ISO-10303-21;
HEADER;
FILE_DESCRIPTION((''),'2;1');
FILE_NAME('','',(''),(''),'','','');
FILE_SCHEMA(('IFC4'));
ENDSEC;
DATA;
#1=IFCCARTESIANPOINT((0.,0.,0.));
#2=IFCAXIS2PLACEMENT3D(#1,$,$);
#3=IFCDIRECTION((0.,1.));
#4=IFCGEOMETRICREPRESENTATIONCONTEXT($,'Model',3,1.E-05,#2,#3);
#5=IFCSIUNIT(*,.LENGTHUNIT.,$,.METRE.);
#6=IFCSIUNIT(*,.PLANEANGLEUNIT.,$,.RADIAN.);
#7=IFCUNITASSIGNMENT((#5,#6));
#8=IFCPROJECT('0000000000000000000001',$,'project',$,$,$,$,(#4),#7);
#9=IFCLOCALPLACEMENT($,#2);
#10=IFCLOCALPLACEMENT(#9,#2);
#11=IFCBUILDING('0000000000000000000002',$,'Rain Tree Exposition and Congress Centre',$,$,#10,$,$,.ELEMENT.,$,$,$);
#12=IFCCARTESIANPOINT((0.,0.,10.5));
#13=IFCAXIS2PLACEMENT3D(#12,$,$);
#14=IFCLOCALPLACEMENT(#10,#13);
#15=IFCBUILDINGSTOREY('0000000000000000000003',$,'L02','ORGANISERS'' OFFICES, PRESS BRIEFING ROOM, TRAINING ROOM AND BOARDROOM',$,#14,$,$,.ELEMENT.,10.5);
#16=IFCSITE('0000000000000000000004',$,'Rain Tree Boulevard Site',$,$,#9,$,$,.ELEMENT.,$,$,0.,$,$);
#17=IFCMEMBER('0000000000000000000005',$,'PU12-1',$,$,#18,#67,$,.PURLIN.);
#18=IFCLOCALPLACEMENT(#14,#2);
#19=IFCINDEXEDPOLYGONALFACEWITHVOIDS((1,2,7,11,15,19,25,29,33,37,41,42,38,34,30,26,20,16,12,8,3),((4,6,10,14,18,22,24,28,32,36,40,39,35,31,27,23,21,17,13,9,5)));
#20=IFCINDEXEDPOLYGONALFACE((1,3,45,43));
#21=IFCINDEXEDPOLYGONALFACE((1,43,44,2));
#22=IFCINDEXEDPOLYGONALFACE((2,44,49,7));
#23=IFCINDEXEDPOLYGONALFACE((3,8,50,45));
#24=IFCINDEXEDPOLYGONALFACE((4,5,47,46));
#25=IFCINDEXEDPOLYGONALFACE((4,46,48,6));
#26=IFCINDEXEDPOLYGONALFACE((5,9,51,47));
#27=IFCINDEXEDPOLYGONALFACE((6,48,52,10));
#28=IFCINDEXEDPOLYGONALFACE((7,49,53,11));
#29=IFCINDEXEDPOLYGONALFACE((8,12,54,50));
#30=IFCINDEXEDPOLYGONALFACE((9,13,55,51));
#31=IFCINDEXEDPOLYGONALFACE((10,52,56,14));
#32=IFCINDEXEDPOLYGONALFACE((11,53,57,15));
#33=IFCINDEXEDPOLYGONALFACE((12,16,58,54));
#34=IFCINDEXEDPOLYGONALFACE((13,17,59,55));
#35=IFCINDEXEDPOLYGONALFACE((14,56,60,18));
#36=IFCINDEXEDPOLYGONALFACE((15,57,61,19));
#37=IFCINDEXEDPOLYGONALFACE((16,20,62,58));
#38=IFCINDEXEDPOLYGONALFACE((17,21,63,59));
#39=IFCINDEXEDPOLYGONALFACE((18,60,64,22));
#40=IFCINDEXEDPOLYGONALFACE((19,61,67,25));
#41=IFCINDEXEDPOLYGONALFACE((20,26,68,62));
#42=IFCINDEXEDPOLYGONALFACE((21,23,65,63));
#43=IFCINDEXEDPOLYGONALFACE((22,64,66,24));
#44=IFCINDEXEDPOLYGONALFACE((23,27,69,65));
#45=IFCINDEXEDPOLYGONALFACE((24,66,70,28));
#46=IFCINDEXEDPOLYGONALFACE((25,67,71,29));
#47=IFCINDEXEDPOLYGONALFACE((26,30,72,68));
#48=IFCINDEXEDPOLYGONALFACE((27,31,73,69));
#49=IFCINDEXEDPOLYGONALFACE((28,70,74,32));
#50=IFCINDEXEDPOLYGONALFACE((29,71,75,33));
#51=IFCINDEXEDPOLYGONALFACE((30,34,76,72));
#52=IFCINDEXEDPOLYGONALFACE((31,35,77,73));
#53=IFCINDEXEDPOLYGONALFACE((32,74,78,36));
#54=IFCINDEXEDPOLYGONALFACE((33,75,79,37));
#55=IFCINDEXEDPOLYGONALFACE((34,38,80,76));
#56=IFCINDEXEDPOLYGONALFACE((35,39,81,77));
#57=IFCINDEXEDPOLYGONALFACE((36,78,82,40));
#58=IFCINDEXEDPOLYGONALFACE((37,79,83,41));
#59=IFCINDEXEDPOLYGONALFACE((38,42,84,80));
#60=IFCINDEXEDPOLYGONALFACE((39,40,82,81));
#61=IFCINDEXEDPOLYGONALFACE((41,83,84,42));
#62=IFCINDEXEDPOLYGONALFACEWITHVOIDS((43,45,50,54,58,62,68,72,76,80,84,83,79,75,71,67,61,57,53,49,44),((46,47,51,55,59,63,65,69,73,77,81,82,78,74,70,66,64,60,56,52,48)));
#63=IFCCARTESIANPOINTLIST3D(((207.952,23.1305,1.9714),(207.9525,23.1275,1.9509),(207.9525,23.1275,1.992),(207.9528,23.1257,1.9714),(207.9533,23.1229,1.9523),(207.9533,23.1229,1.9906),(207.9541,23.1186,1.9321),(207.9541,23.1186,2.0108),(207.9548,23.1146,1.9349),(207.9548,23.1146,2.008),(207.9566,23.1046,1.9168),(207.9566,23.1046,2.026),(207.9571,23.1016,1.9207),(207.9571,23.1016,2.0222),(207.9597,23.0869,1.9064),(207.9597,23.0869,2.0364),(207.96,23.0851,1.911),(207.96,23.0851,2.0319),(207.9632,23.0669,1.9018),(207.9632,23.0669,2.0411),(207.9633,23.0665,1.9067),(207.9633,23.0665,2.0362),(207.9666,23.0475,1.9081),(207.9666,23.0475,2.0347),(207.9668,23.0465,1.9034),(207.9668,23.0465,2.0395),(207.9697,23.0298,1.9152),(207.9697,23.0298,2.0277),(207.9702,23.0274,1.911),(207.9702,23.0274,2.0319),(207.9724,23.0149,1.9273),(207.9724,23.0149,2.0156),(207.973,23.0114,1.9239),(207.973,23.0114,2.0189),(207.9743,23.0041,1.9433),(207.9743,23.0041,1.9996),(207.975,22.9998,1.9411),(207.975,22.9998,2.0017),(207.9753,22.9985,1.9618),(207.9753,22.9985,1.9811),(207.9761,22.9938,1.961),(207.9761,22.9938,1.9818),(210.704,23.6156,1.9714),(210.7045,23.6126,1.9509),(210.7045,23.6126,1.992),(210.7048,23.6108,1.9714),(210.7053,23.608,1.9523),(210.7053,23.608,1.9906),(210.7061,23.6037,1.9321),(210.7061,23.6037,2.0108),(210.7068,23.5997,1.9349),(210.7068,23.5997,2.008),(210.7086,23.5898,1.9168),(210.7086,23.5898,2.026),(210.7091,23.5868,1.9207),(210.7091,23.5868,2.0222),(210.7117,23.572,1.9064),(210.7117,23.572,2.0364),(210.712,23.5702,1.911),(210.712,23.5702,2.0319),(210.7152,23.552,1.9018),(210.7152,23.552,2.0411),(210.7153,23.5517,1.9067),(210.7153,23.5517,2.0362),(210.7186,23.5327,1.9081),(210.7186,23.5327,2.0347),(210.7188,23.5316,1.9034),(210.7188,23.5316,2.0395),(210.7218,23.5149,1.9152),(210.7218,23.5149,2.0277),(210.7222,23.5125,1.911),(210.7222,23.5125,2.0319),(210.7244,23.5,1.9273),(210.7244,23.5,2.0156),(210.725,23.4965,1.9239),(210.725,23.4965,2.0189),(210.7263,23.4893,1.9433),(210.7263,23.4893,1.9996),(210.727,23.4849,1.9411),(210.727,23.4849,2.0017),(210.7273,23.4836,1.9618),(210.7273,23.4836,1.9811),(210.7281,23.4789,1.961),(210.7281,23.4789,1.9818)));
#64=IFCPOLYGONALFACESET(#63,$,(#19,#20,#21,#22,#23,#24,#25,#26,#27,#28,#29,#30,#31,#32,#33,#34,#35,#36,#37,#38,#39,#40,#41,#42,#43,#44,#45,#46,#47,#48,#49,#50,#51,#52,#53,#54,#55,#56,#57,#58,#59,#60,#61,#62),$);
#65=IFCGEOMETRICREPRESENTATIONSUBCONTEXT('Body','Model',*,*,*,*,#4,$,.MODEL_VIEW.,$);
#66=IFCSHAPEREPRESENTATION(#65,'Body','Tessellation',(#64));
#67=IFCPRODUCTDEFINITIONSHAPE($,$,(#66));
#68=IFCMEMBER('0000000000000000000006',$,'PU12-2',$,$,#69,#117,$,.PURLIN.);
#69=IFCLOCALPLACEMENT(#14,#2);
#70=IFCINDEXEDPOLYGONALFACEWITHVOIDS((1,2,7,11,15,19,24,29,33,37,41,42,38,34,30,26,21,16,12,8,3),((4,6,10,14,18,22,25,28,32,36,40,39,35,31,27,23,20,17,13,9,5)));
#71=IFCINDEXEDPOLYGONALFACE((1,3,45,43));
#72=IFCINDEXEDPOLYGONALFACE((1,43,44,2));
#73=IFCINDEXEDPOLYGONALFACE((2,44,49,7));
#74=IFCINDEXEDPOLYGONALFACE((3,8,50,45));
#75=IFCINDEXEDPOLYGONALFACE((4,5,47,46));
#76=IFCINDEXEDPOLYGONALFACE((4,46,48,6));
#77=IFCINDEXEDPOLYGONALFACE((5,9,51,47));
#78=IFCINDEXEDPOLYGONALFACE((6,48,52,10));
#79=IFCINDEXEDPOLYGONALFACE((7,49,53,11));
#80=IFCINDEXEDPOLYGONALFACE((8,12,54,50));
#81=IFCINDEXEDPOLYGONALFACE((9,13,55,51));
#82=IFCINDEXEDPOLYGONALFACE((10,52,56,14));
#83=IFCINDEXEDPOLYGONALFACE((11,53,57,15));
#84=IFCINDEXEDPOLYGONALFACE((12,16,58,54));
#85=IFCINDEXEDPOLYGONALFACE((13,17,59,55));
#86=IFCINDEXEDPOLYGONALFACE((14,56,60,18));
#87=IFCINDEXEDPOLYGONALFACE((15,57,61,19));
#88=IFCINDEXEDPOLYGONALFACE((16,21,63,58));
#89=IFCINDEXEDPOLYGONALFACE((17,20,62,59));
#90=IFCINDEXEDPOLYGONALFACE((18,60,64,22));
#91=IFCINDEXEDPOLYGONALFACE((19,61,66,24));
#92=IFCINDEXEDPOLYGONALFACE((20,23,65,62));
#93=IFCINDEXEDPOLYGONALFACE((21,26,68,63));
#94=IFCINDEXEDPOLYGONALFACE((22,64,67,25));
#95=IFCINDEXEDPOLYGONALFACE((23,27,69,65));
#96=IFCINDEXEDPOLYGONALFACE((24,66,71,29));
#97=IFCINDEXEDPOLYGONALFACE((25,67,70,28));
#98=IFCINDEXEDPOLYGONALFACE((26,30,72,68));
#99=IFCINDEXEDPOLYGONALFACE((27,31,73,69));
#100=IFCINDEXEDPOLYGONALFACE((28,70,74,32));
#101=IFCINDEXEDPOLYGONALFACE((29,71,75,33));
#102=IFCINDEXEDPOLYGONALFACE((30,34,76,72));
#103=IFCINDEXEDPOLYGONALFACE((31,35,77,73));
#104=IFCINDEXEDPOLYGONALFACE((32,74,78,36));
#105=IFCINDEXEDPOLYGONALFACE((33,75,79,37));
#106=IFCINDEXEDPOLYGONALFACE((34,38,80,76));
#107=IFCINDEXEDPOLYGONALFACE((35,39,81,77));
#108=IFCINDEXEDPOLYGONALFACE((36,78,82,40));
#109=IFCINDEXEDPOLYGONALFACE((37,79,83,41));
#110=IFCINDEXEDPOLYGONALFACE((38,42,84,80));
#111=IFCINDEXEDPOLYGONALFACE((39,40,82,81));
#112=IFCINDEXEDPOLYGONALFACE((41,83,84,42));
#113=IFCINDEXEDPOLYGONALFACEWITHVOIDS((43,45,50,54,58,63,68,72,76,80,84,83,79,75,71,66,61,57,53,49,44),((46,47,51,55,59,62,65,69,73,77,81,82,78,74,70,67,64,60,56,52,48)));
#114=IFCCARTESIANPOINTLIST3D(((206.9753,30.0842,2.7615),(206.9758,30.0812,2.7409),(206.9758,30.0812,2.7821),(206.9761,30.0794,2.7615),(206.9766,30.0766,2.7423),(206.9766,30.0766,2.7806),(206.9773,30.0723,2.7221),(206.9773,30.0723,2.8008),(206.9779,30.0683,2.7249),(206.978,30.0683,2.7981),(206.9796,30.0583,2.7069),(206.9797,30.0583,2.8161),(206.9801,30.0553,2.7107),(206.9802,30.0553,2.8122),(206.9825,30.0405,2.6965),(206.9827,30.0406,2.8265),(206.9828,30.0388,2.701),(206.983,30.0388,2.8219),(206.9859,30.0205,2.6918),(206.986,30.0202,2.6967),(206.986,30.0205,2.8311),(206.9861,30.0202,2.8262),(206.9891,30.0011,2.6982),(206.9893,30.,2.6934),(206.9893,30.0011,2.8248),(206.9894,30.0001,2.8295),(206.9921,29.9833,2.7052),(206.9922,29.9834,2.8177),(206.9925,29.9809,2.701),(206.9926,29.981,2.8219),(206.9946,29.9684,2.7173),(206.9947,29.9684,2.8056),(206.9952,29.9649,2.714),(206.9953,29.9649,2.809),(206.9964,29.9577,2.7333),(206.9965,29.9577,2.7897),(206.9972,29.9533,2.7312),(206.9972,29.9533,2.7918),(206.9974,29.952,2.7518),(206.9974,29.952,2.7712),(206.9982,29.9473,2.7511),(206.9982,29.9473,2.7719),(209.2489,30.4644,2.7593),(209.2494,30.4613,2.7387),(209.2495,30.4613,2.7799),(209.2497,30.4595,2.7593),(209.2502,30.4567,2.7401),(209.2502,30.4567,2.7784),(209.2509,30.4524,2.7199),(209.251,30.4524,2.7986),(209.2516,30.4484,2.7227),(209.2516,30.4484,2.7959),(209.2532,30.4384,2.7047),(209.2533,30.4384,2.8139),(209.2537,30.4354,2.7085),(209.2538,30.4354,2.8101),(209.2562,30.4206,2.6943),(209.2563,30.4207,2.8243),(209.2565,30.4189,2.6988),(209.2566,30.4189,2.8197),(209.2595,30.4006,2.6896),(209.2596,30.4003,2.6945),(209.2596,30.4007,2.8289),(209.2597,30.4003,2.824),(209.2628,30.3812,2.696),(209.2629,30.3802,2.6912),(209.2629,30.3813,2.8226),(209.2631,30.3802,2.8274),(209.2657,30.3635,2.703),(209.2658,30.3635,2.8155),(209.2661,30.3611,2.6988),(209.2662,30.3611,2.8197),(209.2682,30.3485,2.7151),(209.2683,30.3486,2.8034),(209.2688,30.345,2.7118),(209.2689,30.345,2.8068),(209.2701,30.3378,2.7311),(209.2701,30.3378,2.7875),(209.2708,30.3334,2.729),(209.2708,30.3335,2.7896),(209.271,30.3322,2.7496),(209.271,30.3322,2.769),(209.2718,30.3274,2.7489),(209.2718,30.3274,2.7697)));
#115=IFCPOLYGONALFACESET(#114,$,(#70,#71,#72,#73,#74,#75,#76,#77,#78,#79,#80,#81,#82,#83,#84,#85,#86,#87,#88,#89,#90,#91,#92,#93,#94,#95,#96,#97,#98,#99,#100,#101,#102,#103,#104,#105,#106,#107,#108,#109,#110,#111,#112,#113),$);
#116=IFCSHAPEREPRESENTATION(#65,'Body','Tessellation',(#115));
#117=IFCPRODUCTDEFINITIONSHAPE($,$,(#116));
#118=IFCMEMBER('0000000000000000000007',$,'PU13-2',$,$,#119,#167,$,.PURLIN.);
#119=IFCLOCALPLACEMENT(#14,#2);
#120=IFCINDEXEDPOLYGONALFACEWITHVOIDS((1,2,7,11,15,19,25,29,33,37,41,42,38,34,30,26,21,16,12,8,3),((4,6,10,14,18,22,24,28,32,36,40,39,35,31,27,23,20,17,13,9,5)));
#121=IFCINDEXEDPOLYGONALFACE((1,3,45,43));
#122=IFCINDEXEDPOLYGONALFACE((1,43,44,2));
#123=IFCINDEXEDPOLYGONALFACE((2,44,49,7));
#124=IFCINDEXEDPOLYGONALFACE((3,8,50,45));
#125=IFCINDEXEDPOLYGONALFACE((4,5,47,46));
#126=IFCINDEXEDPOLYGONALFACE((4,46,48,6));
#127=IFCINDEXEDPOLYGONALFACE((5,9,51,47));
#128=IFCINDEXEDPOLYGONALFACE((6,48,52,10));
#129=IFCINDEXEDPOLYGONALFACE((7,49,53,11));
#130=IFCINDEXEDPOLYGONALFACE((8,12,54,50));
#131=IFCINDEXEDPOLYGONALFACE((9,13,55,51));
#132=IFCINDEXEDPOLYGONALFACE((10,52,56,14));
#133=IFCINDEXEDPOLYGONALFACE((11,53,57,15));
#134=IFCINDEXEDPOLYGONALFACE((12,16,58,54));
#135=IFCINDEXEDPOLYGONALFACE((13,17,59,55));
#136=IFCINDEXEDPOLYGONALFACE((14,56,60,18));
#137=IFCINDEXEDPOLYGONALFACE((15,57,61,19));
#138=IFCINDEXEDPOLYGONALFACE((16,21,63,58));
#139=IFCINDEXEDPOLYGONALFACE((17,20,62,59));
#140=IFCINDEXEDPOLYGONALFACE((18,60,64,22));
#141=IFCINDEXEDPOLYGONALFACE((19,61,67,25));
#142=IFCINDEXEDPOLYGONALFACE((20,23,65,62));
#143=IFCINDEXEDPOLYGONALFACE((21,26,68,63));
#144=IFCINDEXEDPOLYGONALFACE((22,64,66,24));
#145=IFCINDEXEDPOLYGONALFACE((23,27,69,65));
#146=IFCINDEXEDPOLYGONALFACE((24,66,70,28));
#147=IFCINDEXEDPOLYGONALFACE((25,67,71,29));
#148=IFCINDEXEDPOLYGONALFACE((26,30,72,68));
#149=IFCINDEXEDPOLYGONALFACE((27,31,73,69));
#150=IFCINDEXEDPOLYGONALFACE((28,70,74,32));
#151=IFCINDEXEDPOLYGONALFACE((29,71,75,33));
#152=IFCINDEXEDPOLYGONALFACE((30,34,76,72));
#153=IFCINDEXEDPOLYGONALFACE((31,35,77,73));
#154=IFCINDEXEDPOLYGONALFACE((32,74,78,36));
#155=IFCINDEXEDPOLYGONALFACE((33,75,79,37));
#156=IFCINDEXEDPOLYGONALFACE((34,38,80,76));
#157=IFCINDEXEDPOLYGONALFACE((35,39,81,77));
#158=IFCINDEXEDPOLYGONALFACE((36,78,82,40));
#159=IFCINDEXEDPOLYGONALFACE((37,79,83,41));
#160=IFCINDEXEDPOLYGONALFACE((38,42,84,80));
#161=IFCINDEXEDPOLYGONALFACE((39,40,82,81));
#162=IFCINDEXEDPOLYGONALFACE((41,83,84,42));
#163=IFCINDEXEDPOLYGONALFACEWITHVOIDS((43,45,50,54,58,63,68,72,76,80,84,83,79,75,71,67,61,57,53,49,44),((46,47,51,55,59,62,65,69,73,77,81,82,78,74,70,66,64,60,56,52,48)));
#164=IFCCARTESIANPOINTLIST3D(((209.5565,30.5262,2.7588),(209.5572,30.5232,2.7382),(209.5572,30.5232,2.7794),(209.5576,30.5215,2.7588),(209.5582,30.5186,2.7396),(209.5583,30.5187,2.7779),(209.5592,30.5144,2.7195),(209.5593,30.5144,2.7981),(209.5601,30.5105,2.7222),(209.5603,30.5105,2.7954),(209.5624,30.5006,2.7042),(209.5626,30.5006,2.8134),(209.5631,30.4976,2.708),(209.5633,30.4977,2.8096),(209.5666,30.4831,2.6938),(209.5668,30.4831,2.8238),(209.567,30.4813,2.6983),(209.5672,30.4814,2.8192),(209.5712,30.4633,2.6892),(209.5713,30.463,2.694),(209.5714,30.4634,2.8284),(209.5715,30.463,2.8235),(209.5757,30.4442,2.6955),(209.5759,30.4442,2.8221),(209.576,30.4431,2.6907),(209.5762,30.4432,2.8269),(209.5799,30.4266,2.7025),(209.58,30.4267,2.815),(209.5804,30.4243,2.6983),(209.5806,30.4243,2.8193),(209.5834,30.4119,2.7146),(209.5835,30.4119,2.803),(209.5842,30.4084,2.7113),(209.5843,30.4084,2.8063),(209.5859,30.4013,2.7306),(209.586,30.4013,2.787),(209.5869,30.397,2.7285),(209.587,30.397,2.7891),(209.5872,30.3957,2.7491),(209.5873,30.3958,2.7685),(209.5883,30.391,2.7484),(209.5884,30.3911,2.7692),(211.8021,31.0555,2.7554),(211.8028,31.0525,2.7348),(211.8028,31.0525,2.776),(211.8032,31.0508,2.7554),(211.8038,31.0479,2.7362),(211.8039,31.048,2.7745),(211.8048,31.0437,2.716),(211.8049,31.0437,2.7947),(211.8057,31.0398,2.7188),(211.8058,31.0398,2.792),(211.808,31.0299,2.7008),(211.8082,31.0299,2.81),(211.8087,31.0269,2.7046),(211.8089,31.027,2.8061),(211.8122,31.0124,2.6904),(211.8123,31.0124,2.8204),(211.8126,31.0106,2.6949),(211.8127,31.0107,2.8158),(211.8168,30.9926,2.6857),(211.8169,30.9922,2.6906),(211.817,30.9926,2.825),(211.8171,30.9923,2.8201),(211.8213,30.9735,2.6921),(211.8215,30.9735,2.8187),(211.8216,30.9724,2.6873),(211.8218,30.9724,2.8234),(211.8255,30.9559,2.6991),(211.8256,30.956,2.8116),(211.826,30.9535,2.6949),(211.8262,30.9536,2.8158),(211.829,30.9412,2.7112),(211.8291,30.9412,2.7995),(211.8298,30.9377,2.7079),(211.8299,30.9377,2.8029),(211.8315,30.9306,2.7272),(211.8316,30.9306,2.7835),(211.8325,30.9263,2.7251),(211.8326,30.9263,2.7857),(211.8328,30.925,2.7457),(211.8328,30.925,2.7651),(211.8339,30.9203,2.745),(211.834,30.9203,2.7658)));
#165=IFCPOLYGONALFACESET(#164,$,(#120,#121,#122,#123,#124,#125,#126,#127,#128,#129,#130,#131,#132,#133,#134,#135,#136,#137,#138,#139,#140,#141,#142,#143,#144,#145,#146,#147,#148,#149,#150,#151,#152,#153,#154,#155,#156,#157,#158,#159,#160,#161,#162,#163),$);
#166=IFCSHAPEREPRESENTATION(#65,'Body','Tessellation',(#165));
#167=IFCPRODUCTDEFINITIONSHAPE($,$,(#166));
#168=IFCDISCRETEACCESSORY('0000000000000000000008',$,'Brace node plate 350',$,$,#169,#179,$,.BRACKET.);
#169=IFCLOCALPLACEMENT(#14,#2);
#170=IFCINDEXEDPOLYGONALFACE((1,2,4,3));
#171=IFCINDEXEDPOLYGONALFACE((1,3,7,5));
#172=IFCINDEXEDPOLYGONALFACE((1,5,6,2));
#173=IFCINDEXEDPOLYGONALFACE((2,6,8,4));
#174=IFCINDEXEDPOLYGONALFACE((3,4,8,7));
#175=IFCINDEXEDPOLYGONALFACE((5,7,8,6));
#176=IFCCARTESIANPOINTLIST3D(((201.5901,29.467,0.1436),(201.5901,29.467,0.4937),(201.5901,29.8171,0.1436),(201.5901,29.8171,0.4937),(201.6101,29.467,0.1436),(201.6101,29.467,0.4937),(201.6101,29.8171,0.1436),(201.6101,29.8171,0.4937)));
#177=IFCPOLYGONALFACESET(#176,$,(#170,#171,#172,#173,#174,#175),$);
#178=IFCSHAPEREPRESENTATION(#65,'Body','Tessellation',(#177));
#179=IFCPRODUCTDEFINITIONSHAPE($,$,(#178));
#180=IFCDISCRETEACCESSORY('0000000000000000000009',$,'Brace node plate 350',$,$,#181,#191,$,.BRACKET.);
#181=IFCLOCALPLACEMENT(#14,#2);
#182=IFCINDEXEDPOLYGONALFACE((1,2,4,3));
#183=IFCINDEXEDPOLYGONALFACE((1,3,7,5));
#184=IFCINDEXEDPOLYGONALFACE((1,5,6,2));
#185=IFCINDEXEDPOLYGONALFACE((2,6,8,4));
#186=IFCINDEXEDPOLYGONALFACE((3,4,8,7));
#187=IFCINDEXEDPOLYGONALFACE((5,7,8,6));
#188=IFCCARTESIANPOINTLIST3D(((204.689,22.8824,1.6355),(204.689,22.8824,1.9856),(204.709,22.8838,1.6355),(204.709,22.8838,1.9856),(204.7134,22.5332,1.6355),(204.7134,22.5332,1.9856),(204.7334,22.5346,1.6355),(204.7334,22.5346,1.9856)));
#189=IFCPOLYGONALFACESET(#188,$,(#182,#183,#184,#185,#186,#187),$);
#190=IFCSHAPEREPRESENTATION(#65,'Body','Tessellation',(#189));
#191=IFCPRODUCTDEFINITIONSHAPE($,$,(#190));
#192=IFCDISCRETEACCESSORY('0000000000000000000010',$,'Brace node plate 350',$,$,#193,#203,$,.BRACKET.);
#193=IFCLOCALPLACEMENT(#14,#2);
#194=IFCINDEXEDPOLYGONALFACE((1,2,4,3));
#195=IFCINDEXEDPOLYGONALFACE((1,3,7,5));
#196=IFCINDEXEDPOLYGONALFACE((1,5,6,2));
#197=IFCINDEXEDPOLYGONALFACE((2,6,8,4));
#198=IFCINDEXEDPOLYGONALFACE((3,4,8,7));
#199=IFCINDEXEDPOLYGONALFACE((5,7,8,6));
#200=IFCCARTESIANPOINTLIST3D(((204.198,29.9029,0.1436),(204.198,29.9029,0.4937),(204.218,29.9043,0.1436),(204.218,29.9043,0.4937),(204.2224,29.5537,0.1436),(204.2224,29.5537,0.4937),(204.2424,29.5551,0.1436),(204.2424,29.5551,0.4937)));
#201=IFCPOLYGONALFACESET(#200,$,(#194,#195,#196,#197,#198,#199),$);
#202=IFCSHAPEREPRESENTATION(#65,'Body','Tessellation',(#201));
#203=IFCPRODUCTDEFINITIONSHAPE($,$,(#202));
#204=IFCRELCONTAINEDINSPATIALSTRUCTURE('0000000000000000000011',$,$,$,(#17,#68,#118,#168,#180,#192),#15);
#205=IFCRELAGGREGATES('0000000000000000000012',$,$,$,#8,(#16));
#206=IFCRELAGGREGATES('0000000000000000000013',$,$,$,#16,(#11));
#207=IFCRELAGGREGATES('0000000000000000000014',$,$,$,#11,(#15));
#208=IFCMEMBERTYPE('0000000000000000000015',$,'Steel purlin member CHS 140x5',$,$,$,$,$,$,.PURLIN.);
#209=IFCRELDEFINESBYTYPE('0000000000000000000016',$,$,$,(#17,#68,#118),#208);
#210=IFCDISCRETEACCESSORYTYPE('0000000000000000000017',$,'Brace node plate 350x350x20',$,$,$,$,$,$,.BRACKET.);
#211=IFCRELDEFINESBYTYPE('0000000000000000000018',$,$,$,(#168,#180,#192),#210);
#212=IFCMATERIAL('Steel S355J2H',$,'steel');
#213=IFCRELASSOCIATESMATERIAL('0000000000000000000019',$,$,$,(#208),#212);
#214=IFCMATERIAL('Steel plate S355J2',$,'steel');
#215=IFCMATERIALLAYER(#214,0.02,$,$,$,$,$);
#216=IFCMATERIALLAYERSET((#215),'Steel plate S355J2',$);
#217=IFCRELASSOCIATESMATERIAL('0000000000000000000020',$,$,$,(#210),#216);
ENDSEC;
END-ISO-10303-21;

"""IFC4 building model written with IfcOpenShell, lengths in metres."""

from ifc_helpers import new_model, si_unit, direction, frame, origin, origin_2d, place, context, subcontext, project, spatial, rectangle, hollow_circle, extrude, material, layer, layer_set, material_profile, profile_set, type_object, element, save


model = new_model("IFC4")

# Units and contexts
model_context = context("Model", 3, precision=1e-05, world=origin(), true_north=direction((0.0, 1.0)))
body_context = subcontext(model_context, "Body", "Model", "MODEL_VIEW")
ifc_project = project(units=[si_unit("LENGTHUNIT", "METRE"), si_unit("PLANEANGLEUNIT", "RADIAN")], contexts=[model_context])

# Site, building, storey
site_placement = place(None, origin())
site = spatial("IfcSite", under=ifc_project, at=site_placement, Name="Rain Tree Boulevard Site", CompositionType="ELEMENT", RefElevation=0.0)
building_placement = place(site_placement, origin())
building = spatial("IfcBuilding", under=site, at=building_placement, Name="Rain Tree Exposition and Congress Centre", CompositionType="ELEMENT")
storey_placement = place(building_placement, frame((0.0, 0.0, 10.5)))
storey = spatial("IfcBuildingStorey", under=building, at=storey_placement, Name="L02", Description="ORGANISERS' OFFICES, PRESS BRIEFING ROOM, TRAINING ROOM AND BOARDROOM", CompositionType="ELEMENT", Elevation=10.5)

# Members
ifc_material_1 = material(Name="Steel S355J2H", Category="steel")
ifc_material_profile_1 = material_profile(ifc_material_1, hollow_circle(Radius=0.0698, WallThickness=0.0049, at=origin_2d()), Name="CHS 140x5")
ifc_profile_set_1 = profile_set([ifc_material_profile_1], Name="Steel S355J2H")
member_type_1 = type_object("IfcMemberType", Name="Steel purlin member CHS 140x5", PredefinedType="PURLIN", material=ifc_profile_set_1)
member_1_placement = place(storey_placement, frame((207.9641, 23.0618, 1.9714), z_axis=(0.984816, 0.173601, 0.0), x_axis=(-0.173601, 0.984816, 0.0)))
element("IfcMember", 1, at=member_1_placement, inside=storey, type_object=member_type_1, Name="PU12-1", PredefinedType="PURLIN", context=body_context, shape_type="SweptSolid", body=[
    extrude(hollow_circle(Radius=0.0698, WallThickness=0.0049, at=origin_2d()), origin(), (0.0, 0.0, 1.0), 2.7944),
])
member_2_placement = place(storey_placement, frame((206.9868, 30.0154, 2.7615), z_axis=(0.98631, 0.164897, -0.000953), x_axis=(-0.164897, 0.986311, 0.0)))
element("IfcMember", 2, at=member_2_placement, inside=storey, type_object=member_type_1, Name="PU12-2", PredefinedType="PURLIN", context=body_context, shape_type="SweptSolid", body=[
    extrude(hollow_circle(Radius=0.0698, WallThickness=0.0049, at=origin_2d()), origin(), (0.0, 0.0, 1.0), 2.3052),
])
member_3_placement = place(storey_placement, frame((209.5725, 30.4583, 2.7588), z_axis=(0.973327, 0.229417, -0.001481), x_axis=(-0.229417, 0.973328, 0.0)))
element("IfcMember", 3, at=member_3_placement, inside=storey, type_object=member_type_1, Name="PU13-2", PredefinedType="PURLIN", context=body_context, shape_type="SweptSolid", body=[
    extrude(hollow_circle(Radius=0.0698, WallThickness=0.0049, at=origin_2d()), origin(), (0.0, 0.0, 1.0), 2.3071),
])

# Discrete accessories
ifc_material_2 = material(Name="Steel plate S355J2", Category="steel")
ifc_layer = layer(ifc_material_2, 0.02)
ifc_layer_set = layer_set([ifc_layer], Name="Steel plate S355J2")
discrete_accessory_type = type_object("IfcDiscreteAccessoryType", Name="Brace node plate 350x350x20", PredefinedType="BRACKET", material=ifc_layer_set)
for number, where, z_axis, x_axis, name in (
    (4, (201.6001, 29.6421, 0.1436), (0.0, 0.0, 1.0), (0.0, -1.0, 0.0), "Brace node plate 350"),
    (5, (204.7112, 22.7085, 1.6355), (0.0, 0.0, 1.0), (-0.069756, 0.997564, 0.0), "Brace node plate 350"),
    (6, (204.2202, 29.729, 0.1436), (0.0, 0.0, 1.0), (0.069756, -0.997564, 0.0), "Brace node plate 350"),
):
    element("IfcDiscreteAccessory", number, at=place(storey_placement, frame(where, z_axis=z_axis, x_axis=x_axis)), inside=storey, type_object=discrete_accessory_type, Name=name, PredefinedType="BRACKET", context=body_context, shape_type="SweptSolid", body=[
        extrude(rectangle(XDim=0.3501, YDim=0.02, at=origin_2d()), origin(), (0.0, 0.0, 1.0), 0.3501),
    ])

save(model, "model.ifc")
